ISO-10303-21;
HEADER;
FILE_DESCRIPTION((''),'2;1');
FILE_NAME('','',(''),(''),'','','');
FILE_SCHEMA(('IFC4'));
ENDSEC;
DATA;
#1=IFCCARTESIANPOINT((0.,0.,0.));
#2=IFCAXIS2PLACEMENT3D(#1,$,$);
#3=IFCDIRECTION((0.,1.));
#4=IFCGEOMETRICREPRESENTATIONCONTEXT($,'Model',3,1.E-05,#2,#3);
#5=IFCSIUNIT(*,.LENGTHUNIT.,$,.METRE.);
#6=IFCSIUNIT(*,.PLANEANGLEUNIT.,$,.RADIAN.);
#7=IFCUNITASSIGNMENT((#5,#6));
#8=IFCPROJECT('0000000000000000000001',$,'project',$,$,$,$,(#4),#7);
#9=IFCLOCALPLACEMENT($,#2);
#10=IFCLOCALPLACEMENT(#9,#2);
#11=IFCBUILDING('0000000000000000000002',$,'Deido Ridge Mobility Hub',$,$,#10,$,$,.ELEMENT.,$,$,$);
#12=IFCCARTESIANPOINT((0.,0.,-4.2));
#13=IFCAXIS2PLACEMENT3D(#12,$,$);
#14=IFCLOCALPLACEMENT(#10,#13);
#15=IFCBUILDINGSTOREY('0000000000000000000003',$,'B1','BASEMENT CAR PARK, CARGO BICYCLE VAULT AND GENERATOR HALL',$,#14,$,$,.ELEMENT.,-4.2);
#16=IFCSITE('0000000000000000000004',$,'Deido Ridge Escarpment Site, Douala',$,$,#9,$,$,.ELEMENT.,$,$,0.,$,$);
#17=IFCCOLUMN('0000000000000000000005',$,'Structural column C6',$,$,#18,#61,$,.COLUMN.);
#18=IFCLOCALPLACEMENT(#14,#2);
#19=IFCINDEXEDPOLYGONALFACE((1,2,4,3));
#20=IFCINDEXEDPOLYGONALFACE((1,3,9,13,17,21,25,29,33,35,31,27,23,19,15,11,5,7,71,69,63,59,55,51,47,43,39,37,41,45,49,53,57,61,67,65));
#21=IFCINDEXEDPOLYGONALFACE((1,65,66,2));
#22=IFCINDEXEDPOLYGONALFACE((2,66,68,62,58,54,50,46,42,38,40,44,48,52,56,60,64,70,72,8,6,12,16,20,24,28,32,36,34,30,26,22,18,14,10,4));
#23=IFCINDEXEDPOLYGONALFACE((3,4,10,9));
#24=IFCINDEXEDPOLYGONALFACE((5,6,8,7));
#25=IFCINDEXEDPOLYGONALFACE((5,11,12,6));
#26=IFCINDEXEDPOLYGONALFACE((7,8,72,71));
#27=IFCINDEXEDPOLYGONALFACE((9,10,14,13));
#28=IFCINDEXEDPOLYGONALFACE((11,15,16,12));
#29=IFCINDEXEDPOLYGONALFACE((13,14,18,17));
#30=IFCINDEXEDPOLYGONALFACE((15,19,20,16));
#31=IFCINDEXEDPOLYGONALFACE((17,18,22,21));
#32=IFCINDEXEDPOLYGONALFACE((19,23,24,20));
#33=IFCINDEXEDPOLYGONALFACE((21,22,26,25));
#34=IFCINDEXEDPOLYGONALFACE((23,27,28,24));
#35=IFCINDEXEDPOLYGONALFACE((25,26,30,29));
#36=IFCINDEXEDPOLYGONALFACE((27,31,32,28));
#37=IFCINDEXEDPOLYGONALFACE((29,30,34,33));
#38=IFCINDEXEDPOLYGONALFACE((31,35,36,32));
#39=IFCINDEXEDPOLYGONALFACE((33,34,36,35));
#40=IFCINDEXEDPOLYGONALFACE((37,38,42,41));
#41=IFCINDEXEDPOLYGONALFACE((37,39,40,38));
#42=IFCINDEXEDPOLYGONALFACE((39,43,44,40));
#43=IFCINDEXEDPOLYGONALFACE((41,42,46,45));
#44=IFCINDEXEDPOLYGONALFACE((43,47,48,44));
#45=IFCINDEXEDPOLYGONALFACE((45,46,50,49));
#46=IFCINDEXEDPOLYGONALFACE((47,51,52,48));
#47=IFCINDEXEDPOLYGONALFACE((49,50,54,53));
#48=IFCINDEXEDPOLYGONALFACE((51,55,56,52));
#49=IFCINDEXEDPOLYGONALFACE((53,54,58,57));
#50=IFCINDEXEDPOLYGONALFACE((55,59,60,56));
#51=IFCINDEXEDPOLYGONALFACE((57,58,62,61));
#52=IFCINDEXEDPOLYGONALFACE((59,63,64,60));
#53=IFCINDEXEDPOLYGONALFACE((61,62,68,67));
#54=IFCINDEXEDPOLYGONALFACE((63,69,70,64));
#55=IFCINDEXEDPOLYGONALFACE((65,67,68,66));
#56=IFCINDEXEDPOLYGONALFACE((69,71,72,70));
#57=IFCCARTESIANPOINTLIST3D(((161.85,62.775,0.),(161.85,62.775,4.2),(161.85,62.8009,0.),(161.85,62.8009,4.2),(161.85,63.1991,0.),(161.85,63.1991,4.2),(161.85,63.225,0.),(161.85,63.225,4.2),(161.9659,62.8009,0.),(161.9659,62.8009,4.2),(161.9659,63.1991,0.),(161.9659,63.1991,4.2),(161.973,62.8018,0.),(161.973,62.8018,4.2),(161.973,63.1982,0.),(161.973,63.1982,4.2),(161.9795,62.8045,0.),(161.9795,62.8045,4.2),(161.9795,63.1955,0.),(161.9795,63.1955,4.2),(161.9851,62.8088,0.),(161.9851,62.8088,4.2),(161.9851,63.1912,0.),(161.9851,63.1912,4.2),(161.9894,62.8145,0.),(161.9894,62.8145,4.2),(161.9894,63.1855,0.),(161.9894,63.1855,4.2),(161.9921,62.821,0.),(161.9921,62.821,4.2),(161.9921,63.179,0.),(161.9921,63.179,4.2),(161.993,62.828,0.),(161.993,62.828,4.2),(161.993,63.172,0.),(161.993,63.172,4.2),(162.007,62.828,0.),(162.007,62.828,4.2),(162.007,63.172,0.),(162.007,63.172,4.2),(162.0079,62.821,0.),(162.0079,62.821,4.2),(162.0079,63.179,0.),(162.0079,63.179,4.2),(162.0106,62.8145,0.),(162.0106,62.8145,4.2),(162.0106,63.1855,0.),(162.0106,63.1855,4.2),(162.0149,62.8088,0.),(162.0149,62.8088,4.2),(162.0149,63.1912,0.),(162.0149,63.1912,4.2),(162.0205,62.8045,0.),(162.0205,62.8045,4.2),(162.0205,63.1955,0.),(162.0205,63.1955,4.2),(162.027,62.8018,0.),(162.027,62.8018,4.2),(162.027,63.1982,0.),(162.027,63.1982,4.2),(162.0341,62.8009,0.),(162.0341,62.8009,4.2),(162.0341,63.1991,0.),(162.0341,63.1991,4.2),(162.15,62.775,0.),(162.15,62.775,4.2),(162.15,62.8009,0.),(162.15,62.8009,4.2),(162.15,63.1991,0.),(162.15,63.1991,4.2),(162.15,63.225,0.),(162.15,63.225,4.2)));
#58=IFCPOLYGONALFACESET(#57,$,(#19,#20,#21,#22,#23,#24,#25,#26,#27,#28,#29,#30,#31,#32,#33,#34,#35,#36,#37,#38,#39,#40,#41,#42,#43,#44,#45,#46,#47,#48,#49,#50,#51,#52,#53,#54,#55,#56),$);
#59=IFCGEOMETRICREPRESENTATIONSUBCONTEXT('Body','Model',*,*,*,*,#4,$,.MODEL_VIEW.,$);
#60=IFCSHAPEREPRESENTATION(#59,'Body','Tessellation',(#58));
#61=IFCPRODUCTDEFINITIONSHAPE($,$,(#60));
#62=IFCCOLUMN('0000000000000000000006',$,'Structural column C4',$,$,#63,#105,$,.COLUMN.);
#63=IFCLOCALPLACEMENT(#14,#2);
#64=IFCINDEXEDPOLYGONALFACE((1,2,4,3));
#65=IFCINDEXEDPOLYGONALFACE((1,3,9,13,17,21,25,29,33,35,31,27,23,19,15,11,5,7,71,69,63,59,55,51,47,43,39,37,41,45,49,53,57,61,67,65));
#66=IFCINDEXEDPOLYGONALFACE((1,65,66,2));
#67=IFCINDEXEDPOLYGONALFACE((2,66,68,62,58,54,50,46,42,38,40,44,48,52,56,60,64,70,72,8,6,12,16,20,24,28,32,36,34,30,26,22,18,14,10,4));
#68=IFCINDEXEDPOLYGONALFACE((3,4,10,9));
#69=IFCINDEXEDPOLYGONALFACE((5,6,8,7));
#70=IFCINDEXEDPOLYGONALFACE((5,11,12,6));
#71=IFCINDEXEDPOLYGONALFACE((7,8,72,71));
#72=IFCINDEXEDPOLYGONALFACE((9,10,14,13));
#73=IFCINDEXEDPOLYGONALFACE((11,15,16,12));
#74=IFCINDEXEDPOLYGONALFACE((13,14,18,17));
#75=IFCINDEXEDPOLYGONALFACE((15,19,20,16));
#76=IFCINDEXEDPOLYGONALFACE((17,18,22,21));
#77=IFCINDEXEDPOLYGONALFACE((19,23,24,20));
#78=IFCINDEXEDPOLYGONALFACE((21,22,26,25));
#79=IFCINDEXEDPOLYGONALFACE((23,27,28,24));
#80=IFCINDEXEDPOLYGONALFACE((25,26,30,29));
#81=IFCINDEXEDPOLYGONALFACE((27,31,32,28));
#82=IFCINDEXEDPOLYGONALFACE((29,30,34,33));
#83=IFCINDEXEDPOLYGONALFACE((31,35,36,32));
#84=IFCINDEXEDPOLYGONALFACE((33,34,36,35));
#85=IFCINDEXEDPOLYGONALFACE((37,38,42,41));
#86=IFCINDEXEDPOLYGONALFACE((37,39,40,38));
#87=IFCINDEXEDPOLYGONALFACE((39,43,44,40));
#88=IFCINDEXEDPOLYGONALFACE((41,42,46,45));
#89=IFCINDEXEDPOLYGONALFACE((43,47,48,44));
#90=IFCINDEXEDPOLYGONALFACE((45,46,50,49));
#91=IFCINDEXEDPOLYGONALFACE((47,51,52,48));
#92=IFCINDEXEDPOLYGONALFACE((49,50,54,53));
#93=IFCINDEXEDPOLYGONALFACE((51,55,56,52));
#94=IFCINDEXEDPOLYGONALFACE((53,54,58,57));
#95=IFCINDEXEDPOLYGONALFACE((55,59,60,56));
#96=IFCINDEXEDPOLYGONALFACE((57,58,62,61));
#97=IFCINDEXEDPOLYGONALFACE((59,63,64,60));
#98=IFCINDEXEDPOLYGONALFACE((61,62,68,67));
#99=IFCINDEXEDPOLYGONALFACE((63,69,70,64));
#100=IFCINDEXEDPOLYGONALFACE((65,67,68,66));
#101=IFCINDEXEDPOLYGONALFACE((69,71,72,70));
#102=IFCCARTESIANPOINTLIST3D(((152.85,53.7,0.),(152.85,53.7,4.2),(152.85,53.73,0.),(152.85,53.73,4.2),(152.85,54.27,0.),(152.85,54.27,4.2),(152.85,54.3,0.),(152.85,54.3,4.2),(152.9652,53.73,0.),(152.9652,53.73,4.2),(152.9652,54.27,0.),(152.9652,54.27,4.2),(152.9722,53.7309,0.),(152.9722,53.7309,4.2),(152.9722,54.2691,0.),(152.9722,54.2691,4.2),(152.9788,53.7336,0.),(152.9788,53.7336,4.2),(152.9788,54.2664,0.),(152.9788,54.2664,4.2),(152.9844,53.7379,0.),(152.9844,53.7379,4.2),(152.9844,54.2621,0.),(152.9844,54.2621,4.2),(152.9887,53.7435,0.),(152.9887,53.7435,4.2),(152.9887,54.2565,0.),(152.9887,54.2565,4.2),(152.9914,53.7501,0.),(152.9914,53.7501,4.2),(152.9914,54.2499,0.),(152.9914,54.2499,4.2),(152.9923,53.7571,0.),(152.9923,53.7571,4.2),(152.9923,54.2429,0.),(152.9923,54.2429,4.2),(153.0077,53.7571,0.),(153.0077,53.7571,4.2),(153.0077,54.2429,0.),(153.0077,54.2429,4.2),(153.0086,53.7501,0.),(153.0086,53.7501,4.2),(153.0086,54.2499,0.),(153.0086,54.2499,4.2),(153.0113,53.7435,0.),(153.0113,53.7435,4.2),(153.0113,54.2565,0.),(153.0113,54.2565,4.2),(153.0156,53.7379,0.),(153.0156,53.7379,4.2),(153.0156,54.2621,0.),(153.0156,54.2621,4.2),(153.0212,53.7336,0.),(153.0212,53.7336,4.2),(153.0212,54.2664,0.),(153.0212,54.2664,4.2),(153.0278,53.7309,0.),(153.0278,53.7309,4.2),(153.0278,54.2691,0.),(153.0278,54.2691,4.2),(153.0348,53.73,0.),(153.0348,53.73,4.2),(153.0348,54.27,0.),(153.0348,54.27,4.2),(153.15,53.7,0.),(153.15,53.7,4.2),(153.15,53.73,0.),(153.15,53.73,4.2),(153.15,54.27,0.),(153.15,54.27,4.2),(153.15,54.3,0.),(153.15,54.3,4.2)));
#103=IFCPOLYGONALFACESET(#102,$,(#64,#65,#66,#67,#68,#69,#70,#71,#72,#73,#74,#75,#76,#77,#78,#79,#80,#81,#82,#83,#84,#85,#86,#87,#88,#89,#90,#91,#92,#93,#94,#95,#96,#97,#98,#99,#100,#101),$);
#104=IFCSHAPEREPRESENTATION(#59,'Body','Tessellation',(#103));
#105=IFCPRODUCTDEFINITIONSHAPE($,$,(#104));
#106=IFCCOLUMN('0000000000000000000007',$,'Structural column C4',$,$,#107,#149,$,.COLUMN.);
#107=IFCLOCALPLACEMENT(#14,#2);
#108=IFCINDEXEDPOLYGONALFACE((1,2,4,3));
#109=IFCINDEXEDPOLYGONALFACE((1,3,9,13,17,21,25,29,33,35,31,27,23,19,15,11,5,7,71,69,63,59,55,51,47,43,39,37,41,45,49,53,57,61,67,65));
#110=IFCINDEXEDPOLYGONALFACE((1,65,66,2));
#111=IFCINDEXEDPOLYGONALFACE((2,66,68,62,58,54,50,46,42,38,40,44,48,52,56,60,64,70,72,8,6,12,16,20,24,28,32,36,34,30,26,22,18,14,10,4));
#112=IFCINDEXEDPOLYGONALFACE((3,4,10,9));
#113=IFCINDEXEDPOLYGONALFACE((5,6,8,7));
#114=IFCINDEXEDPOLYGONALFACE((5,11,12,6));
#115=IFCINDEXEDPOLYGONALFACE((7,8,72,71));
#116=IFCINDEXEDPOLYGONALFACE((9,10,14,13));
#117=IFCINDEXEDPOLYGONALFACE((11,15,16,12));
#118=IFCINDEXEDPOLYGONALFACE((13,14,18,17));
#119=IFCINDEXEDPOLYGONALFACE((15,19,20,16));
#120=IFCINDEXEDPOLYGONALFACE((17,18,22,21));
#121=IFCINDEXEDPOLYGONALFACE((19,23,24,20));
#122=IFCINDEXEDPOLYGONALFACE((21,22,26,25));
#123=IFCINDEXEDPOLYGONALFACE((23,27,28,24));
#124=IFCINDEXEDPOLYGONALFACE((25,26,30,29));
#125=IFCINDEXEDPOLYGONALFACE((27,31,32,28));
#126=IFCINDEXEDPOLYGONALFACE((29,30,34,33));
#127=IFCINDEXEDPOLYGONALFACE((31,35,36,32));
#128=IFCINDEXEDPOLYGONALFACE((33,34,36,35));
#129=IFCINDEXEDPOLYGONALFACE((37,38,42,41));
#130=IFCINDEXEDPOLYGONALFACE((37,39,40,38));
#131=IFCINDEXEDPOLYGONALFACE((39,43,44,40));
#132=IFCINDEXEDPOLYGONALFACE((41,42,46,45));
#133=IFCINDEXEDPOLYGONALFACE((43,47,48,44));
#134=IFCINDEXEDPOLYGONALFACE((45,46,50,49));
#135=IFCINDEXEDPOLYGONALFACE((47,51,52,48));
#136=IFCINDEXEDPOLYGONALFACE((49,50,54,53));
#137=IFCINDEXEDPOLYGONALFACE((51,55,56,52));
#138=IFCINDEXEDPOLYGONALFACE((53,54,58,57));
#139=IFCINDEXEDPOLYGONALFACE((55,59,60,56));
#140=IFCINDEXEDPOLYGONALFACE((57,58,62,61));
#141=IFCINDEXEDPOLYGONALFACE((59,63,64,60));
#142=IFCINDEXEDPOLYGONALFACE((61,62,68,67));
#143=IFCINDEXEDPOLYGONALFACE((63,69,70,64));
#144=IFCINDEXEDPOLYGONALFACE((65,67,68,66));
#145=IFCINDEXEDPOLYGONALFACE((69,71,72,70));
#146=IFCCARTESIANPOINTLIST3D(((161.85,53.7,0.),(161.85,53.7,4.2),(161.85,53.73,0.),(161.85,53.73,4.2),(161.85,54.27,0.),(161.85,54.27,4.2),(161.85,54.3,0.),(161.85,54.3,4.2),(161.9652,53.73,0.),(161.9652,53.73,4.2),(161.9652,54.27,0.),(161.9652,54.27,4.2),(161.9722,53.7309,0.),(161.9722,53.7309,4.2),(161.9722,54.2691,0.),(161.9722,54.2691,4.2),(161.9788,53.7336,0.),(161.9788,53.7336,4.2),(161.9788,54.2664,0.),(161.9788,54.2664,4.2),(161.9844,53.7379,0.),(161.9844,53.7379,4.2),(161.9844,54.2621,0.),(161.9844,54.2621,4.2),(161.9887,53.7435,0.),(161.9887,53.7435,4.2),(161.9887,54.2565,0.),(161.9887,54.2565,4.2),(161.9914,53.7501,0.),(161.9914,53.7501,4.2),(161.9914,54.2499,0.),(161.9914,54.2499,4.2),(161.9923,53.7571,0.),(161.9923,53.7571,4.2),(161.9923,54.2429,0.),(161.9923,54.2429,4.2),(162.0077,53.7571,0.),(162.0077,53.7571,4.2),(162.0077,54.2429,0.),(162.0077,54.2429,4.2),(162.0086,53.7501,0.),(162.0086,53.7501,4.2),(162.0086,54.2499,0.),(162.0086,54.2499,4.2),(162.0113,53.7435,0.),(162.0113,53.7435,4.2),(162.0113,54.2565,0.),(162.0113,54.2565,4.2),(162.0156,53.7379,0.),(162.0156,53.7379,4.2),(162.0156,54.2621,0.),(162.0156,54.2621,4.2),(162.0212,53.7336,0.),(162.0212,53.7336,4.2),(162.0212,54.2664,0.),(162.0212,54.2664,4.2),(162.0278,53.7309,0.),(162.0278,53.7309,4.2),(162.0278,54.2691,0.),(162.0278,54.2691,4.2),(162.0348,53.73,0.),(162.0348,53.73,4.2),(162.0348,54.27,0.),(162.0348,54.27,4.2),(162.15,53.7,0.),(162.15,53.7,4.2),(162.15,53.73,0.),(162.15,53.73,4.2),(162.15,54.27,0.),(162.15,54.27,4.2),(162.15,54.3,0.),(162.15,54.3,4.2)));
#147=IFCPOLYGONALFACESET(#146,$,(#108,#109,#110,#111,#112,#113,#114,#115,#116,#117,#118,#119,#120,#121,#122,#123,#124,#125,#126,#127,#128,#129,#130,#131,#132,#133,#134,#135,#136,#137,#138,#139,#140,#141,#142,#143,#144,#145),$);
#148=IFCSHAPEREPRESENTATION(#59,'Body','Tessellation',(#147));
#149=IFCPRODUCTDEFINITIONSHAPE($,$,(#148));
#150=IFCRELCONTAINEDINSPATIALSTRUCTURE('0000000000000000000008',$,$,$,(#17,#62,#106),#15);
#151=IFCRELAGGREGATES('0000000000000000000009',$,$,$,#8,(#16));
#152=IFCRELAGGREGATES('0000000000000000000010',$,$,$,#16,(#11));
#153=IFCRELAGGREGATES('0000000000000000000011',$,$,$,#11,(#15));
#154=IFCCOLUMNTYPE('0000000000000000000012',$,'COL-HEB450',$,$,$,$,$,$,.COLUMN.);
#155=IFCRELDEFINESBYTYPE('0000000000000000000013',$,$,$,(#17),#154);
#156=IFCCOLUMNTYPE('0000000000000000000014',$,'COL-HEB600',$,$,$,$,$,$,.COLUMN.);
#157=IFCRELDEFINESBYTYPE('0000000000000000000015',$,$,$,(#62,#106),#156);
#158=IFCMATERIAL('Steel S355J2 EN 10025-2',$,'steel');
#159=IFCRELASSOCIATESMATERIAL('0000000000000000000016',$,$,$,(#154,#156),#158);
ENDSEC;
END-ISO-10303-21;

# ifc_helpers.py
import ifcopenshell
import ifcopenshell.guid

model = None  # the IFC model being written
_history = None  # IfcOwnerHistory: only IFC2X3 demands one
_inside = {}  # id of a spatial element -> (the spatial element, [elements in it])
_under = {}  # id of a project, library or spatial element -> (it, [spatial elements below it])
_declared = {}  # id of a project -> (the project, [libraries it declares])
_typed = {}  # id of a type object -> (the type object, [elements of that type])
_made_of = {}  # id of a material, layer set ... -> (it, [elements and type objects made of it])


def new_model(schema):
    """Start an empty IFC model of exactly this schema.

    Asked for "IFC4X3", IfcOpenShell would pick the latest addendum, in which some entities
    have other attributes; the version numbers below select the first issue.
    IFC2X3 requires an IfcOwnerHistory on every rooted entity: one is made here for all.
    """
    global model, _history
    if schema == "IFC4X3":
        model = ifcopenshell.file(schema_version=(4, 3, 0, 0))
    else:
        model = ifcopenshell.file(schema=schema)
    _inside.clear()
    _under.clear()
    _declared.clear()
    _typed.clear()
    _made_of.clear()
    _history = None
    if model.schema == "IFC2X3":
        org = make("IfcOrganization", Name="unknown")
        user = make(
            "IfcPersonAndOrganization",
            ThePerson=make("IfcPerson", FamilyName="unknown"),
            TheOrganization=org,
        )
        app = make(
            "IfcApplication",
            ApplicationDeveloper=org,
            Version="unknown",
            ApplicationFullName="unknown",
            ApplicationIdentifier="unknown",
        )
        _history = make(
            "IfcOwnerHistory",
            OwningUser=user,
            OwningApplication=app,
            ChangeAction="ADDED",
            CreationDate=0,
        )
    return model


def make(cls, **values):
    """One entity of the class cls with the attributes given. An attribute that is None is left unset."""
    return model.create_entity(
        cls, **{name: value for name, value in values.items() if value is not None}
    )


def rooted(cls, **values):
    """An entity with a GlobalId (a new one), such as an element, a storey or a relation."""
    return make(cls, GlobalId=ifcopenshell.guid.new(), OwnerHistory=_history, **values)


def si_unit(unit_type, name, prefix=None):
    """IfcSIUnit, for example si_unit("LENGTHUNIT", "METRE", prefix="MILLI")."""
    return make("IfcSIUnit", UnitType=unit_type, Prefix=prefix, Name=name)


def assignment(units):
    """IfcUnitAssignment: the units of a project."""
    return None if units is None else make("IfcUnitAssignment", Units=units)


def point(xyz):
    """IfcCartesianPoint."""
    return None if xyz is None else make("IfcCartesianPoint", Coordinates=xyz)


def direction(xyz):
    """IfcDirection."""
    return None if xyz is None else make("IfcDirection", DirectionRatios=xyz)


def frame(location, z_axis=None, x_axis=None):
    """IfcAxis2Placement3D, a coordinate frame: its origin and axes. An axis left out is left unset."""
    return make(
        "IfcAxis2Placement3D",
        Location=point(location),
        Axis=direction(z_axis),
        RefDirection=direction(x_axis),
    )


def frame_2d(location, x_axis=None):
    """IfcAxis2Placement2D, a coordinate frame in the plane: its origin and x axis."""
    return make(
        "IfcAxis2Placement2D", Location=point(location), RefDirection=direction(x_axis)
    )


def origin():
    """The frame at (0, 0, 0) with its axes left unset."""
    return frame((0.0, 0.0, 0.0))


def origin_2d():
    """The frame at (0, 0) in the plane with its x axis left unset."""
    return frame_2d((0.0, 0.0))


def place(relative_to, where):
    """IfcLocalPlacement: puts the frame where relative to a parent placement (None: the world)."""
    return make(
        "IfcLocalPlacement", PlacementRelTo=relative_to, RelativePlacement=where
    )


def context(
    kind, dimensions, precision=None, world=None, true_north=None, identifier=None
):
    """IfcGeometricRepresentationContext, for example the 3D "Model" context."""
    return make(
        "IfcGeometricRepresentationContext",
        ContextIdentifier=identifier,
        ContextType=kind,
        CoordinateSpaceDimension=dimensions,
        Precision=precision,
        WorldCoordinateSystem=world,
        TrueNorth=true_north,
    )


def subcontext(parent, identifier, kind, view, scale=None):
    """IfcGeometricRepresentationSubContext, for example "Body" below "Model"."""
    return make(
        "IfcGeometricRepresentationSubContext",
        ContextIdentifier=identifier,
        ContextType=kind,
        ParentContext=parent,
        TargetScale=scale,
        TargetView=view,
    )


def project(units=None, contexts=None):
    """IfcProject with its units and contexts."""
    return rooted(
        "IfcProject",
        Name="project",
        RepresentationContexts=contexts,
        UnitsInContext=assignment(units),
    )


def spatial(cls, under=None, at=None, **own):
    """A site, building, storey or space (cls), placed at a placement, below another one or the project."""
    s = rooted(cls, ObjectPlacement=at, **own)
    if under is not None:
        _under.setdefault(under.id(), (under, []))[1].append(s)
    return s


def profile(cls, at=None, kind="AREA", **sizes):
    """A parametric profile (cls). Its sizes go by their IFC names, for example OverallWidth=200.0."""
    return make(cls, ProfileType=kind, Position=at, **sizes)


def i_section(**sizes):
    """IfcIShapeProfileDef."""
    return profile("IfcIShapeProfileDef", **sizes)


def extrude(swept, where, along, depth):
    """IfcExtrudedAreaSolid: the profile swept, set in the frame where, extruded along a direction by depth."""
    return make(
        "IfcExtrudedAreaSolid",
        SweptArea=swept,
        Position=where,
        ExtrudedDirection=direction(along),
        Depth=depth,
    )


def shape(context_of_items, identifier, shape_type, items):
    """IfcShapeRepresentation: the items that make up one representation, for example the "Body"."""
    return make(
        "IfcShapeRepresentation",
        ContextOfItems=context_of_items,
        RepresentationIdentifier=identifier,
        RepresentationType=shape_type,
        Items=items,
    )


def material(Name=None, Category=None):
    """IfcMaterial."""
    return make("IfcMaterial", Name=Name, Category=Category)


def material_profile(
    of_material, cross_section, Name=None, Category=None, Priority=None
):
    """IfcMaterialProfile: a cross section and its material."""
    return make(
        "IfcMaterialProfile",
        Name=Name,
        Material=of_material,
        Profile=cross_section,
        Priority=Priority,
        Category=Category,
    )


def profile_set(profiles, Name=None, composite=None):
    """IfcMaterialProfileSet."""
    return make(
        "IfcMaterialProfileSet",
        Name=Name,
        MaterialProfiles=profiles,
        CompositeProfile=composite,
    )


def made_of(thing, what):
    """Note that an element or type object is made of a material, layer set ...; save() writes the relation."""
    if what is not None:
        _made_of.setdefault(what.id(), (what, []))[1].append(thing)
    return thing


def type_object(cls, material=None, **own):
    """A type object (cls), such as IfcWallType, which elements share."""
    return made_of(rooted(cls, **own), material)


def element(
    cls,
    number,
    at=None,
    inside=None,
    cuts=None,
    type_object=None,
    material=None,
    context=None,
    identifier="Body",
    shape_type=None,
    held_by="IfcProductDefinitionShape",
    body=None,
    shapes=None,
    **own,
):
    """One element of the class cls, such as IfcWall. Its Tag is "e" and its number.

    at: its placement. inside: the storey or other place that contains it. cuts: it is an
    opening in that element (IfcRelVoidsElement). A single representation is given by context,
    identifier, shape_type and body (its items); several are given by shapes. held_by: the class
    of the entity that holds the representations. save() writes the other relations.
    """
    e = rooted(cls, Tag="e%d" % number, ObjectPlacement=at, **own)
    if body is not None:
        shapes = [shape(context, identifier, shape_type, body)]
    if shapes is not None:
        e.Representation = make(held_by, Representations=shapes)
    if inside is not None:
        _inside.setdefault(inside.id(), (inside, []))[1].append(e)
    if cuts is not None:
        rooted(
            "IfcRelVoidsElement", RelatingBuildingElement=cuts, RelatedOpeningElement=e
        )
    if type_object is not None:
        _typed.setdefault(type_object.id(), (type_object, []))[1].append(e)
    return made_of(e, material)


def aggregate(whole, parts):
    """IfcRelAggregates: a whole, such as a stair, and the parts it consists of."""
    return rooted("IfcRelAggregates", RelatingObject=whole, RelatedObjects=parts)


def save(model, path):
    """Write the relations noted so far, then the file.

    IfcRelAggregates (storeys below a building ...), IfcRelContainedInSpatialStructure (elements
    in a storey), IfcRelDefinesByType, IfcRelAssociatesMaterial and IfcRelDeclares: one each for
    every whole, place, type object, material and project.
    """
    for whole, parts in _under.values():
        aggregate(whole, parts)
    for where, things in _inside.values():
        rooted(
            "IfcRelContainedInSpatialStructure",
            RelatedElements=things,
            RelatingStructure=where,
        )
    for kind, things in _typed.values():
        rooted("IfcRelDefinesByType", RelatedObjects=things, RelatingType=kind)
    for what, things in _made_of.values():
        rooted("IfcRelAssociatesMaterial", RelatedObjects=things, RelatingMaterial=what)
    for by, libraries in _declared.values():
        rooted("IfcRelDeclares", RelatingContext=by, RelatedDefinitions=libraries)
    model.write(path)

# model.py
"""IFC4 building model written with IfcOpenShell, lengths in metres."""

from ifc_helpers import new_model, si_unit, direction, frame, origin, origin_2d, place, context, subcontext, project, spatial, i_section, extrude, material, material_profile, profile_set, type_object, element, save


model = new_model("IFC4")

# Units and contexts
model_context = context("Model", 3, precision=1e-05, world=origin(), true_north=direction((0.0, 1.0)))
body_context = subcontext(model_context, "Body", "Model", "MODEL_VIEW")
ifc_project = project(units=[si_unit("LENGTHUNIT", "METRE"), si_unit("PLANEANGLEUNIT", "RADIAN")], contexts=[model_context])

# Site, building, storey
site_placement = place(None, origin())
site = spatial("IfcSite", under=ifc_project, at=site_placement, Name="Deido Ridge Escarpment Site, Douala", CompositionType="ELEMENT", RefElevation=0.0)
building_placement = place(site_placement, origin())
building = spatial("IfcBuilding", under=site, at=building_placement, Name="Deido Ridge Mobility Hub", CompositionType="ELEMENT")
storey_placement = place(building_placement, frame((0.0, 0.0, -4.2)))
storey = spatial("IfcBuildingStorey", under=building, at=storey_placement, Name="B1", Description="BASEMENT CAR PARK, CARGO BICYCLE VAULT AND GENERATOR HALL", CompositionType="ELEMENT", Elevation=-4.2)

# Columns
ifc_material_1 = material(Name="Steel S355J2 EN 10025-2", Category="steel")
ifc_material_profile_1 = material_profile(ifc_material_1, i_section(OverallWidth=0.3, OverallDepth=0.45, WebThickness=0.0139, FlangeThickness=0.0259, FilletRadius=0.0271, at=origin_2d()), Name="HEB 450")
ifc_profile_set_1 = profile_set([ifc_material_profile_1], Name="Steel S355J2 EN 10025-2")
column_type_1 = type_object("IfcColumnType", Name="COL-HEB450", PredefinedType="COLUMN", material=ifc_profile_set_1)
for number, where, z_axis, x_axis, name in (
    (1, (162.0, 63.0, 0.0), (0.0, 0.0, 1.0), (1.0, 0.0, 0.0), "Structural column C6"),
):
    element("IfcColumn", number, at=place(storey_placement, frame(where, z_axis=z_axis, x_axis=x_axis)), inside=storey, type_object=column_type_1, Name=name, PredefinedType="COLUMN", context=body_context, shape_type="SweptSolid", body=[
        extrude(i_section(OverallWidth=0.3, OverallDepth=0.45, WebThickness=0.0139, FlangeThickness=0.0259, FilletRadius=0.0271, at=origin_2d()), origin(), (0.0, 0.0, 1.0), 4.2),
    ])
ifc_material_profile_2 = material_profile(ifc_material_1, i_section(OverallWidth=0.3, OverallDepth=0.6001, WebThickness=0.0154, FlangeThickness=0.03, FilletRadius=0.0271, at=origin_2d()), Name="HEB 600")
ifc_profile_set_2 = profile_set([ifc_material_profile_2], Name="Steel S355J2 EN 10025-2")
column_type_2 = type_object("IfcColumnType", Name="COL-HEB600", PredefinedType="COLUMN", material=ifc_profile_set_2)
for number, where, z_axis, x_axis, name in (
    (2, (153.0, 54.0, 0.0), (0.0, 0.0, 1.0), (1.0, 0.0, 0.0), "Structural column C4"),
    (3, (162.0, 54.0, 0.0), (0.0, 0.0, 1.0), (1.0, 0.0, 0.0), "Structural column C4"),
):
    element("IfcColumn", number, at=place(storey_placement, frame(where, z_axis=z_axis, x_axis=x_axis)), inside=storey, type_object=column_type_2, Name=name, PredefinedType="COLUMN", context=body_context, shape_type="SweptSolid", body=[
        extrude(i_section(OverallWidth=0.3, OverallDepth=0.6001, WebThickness=0.0154, FlangeThickness=0.03, FilletRadius=0.0271, at=origin_2d()), origin(), (0.0, 0.0, 1.0), 4.2),
    ])

save(model, "model.ifc")
